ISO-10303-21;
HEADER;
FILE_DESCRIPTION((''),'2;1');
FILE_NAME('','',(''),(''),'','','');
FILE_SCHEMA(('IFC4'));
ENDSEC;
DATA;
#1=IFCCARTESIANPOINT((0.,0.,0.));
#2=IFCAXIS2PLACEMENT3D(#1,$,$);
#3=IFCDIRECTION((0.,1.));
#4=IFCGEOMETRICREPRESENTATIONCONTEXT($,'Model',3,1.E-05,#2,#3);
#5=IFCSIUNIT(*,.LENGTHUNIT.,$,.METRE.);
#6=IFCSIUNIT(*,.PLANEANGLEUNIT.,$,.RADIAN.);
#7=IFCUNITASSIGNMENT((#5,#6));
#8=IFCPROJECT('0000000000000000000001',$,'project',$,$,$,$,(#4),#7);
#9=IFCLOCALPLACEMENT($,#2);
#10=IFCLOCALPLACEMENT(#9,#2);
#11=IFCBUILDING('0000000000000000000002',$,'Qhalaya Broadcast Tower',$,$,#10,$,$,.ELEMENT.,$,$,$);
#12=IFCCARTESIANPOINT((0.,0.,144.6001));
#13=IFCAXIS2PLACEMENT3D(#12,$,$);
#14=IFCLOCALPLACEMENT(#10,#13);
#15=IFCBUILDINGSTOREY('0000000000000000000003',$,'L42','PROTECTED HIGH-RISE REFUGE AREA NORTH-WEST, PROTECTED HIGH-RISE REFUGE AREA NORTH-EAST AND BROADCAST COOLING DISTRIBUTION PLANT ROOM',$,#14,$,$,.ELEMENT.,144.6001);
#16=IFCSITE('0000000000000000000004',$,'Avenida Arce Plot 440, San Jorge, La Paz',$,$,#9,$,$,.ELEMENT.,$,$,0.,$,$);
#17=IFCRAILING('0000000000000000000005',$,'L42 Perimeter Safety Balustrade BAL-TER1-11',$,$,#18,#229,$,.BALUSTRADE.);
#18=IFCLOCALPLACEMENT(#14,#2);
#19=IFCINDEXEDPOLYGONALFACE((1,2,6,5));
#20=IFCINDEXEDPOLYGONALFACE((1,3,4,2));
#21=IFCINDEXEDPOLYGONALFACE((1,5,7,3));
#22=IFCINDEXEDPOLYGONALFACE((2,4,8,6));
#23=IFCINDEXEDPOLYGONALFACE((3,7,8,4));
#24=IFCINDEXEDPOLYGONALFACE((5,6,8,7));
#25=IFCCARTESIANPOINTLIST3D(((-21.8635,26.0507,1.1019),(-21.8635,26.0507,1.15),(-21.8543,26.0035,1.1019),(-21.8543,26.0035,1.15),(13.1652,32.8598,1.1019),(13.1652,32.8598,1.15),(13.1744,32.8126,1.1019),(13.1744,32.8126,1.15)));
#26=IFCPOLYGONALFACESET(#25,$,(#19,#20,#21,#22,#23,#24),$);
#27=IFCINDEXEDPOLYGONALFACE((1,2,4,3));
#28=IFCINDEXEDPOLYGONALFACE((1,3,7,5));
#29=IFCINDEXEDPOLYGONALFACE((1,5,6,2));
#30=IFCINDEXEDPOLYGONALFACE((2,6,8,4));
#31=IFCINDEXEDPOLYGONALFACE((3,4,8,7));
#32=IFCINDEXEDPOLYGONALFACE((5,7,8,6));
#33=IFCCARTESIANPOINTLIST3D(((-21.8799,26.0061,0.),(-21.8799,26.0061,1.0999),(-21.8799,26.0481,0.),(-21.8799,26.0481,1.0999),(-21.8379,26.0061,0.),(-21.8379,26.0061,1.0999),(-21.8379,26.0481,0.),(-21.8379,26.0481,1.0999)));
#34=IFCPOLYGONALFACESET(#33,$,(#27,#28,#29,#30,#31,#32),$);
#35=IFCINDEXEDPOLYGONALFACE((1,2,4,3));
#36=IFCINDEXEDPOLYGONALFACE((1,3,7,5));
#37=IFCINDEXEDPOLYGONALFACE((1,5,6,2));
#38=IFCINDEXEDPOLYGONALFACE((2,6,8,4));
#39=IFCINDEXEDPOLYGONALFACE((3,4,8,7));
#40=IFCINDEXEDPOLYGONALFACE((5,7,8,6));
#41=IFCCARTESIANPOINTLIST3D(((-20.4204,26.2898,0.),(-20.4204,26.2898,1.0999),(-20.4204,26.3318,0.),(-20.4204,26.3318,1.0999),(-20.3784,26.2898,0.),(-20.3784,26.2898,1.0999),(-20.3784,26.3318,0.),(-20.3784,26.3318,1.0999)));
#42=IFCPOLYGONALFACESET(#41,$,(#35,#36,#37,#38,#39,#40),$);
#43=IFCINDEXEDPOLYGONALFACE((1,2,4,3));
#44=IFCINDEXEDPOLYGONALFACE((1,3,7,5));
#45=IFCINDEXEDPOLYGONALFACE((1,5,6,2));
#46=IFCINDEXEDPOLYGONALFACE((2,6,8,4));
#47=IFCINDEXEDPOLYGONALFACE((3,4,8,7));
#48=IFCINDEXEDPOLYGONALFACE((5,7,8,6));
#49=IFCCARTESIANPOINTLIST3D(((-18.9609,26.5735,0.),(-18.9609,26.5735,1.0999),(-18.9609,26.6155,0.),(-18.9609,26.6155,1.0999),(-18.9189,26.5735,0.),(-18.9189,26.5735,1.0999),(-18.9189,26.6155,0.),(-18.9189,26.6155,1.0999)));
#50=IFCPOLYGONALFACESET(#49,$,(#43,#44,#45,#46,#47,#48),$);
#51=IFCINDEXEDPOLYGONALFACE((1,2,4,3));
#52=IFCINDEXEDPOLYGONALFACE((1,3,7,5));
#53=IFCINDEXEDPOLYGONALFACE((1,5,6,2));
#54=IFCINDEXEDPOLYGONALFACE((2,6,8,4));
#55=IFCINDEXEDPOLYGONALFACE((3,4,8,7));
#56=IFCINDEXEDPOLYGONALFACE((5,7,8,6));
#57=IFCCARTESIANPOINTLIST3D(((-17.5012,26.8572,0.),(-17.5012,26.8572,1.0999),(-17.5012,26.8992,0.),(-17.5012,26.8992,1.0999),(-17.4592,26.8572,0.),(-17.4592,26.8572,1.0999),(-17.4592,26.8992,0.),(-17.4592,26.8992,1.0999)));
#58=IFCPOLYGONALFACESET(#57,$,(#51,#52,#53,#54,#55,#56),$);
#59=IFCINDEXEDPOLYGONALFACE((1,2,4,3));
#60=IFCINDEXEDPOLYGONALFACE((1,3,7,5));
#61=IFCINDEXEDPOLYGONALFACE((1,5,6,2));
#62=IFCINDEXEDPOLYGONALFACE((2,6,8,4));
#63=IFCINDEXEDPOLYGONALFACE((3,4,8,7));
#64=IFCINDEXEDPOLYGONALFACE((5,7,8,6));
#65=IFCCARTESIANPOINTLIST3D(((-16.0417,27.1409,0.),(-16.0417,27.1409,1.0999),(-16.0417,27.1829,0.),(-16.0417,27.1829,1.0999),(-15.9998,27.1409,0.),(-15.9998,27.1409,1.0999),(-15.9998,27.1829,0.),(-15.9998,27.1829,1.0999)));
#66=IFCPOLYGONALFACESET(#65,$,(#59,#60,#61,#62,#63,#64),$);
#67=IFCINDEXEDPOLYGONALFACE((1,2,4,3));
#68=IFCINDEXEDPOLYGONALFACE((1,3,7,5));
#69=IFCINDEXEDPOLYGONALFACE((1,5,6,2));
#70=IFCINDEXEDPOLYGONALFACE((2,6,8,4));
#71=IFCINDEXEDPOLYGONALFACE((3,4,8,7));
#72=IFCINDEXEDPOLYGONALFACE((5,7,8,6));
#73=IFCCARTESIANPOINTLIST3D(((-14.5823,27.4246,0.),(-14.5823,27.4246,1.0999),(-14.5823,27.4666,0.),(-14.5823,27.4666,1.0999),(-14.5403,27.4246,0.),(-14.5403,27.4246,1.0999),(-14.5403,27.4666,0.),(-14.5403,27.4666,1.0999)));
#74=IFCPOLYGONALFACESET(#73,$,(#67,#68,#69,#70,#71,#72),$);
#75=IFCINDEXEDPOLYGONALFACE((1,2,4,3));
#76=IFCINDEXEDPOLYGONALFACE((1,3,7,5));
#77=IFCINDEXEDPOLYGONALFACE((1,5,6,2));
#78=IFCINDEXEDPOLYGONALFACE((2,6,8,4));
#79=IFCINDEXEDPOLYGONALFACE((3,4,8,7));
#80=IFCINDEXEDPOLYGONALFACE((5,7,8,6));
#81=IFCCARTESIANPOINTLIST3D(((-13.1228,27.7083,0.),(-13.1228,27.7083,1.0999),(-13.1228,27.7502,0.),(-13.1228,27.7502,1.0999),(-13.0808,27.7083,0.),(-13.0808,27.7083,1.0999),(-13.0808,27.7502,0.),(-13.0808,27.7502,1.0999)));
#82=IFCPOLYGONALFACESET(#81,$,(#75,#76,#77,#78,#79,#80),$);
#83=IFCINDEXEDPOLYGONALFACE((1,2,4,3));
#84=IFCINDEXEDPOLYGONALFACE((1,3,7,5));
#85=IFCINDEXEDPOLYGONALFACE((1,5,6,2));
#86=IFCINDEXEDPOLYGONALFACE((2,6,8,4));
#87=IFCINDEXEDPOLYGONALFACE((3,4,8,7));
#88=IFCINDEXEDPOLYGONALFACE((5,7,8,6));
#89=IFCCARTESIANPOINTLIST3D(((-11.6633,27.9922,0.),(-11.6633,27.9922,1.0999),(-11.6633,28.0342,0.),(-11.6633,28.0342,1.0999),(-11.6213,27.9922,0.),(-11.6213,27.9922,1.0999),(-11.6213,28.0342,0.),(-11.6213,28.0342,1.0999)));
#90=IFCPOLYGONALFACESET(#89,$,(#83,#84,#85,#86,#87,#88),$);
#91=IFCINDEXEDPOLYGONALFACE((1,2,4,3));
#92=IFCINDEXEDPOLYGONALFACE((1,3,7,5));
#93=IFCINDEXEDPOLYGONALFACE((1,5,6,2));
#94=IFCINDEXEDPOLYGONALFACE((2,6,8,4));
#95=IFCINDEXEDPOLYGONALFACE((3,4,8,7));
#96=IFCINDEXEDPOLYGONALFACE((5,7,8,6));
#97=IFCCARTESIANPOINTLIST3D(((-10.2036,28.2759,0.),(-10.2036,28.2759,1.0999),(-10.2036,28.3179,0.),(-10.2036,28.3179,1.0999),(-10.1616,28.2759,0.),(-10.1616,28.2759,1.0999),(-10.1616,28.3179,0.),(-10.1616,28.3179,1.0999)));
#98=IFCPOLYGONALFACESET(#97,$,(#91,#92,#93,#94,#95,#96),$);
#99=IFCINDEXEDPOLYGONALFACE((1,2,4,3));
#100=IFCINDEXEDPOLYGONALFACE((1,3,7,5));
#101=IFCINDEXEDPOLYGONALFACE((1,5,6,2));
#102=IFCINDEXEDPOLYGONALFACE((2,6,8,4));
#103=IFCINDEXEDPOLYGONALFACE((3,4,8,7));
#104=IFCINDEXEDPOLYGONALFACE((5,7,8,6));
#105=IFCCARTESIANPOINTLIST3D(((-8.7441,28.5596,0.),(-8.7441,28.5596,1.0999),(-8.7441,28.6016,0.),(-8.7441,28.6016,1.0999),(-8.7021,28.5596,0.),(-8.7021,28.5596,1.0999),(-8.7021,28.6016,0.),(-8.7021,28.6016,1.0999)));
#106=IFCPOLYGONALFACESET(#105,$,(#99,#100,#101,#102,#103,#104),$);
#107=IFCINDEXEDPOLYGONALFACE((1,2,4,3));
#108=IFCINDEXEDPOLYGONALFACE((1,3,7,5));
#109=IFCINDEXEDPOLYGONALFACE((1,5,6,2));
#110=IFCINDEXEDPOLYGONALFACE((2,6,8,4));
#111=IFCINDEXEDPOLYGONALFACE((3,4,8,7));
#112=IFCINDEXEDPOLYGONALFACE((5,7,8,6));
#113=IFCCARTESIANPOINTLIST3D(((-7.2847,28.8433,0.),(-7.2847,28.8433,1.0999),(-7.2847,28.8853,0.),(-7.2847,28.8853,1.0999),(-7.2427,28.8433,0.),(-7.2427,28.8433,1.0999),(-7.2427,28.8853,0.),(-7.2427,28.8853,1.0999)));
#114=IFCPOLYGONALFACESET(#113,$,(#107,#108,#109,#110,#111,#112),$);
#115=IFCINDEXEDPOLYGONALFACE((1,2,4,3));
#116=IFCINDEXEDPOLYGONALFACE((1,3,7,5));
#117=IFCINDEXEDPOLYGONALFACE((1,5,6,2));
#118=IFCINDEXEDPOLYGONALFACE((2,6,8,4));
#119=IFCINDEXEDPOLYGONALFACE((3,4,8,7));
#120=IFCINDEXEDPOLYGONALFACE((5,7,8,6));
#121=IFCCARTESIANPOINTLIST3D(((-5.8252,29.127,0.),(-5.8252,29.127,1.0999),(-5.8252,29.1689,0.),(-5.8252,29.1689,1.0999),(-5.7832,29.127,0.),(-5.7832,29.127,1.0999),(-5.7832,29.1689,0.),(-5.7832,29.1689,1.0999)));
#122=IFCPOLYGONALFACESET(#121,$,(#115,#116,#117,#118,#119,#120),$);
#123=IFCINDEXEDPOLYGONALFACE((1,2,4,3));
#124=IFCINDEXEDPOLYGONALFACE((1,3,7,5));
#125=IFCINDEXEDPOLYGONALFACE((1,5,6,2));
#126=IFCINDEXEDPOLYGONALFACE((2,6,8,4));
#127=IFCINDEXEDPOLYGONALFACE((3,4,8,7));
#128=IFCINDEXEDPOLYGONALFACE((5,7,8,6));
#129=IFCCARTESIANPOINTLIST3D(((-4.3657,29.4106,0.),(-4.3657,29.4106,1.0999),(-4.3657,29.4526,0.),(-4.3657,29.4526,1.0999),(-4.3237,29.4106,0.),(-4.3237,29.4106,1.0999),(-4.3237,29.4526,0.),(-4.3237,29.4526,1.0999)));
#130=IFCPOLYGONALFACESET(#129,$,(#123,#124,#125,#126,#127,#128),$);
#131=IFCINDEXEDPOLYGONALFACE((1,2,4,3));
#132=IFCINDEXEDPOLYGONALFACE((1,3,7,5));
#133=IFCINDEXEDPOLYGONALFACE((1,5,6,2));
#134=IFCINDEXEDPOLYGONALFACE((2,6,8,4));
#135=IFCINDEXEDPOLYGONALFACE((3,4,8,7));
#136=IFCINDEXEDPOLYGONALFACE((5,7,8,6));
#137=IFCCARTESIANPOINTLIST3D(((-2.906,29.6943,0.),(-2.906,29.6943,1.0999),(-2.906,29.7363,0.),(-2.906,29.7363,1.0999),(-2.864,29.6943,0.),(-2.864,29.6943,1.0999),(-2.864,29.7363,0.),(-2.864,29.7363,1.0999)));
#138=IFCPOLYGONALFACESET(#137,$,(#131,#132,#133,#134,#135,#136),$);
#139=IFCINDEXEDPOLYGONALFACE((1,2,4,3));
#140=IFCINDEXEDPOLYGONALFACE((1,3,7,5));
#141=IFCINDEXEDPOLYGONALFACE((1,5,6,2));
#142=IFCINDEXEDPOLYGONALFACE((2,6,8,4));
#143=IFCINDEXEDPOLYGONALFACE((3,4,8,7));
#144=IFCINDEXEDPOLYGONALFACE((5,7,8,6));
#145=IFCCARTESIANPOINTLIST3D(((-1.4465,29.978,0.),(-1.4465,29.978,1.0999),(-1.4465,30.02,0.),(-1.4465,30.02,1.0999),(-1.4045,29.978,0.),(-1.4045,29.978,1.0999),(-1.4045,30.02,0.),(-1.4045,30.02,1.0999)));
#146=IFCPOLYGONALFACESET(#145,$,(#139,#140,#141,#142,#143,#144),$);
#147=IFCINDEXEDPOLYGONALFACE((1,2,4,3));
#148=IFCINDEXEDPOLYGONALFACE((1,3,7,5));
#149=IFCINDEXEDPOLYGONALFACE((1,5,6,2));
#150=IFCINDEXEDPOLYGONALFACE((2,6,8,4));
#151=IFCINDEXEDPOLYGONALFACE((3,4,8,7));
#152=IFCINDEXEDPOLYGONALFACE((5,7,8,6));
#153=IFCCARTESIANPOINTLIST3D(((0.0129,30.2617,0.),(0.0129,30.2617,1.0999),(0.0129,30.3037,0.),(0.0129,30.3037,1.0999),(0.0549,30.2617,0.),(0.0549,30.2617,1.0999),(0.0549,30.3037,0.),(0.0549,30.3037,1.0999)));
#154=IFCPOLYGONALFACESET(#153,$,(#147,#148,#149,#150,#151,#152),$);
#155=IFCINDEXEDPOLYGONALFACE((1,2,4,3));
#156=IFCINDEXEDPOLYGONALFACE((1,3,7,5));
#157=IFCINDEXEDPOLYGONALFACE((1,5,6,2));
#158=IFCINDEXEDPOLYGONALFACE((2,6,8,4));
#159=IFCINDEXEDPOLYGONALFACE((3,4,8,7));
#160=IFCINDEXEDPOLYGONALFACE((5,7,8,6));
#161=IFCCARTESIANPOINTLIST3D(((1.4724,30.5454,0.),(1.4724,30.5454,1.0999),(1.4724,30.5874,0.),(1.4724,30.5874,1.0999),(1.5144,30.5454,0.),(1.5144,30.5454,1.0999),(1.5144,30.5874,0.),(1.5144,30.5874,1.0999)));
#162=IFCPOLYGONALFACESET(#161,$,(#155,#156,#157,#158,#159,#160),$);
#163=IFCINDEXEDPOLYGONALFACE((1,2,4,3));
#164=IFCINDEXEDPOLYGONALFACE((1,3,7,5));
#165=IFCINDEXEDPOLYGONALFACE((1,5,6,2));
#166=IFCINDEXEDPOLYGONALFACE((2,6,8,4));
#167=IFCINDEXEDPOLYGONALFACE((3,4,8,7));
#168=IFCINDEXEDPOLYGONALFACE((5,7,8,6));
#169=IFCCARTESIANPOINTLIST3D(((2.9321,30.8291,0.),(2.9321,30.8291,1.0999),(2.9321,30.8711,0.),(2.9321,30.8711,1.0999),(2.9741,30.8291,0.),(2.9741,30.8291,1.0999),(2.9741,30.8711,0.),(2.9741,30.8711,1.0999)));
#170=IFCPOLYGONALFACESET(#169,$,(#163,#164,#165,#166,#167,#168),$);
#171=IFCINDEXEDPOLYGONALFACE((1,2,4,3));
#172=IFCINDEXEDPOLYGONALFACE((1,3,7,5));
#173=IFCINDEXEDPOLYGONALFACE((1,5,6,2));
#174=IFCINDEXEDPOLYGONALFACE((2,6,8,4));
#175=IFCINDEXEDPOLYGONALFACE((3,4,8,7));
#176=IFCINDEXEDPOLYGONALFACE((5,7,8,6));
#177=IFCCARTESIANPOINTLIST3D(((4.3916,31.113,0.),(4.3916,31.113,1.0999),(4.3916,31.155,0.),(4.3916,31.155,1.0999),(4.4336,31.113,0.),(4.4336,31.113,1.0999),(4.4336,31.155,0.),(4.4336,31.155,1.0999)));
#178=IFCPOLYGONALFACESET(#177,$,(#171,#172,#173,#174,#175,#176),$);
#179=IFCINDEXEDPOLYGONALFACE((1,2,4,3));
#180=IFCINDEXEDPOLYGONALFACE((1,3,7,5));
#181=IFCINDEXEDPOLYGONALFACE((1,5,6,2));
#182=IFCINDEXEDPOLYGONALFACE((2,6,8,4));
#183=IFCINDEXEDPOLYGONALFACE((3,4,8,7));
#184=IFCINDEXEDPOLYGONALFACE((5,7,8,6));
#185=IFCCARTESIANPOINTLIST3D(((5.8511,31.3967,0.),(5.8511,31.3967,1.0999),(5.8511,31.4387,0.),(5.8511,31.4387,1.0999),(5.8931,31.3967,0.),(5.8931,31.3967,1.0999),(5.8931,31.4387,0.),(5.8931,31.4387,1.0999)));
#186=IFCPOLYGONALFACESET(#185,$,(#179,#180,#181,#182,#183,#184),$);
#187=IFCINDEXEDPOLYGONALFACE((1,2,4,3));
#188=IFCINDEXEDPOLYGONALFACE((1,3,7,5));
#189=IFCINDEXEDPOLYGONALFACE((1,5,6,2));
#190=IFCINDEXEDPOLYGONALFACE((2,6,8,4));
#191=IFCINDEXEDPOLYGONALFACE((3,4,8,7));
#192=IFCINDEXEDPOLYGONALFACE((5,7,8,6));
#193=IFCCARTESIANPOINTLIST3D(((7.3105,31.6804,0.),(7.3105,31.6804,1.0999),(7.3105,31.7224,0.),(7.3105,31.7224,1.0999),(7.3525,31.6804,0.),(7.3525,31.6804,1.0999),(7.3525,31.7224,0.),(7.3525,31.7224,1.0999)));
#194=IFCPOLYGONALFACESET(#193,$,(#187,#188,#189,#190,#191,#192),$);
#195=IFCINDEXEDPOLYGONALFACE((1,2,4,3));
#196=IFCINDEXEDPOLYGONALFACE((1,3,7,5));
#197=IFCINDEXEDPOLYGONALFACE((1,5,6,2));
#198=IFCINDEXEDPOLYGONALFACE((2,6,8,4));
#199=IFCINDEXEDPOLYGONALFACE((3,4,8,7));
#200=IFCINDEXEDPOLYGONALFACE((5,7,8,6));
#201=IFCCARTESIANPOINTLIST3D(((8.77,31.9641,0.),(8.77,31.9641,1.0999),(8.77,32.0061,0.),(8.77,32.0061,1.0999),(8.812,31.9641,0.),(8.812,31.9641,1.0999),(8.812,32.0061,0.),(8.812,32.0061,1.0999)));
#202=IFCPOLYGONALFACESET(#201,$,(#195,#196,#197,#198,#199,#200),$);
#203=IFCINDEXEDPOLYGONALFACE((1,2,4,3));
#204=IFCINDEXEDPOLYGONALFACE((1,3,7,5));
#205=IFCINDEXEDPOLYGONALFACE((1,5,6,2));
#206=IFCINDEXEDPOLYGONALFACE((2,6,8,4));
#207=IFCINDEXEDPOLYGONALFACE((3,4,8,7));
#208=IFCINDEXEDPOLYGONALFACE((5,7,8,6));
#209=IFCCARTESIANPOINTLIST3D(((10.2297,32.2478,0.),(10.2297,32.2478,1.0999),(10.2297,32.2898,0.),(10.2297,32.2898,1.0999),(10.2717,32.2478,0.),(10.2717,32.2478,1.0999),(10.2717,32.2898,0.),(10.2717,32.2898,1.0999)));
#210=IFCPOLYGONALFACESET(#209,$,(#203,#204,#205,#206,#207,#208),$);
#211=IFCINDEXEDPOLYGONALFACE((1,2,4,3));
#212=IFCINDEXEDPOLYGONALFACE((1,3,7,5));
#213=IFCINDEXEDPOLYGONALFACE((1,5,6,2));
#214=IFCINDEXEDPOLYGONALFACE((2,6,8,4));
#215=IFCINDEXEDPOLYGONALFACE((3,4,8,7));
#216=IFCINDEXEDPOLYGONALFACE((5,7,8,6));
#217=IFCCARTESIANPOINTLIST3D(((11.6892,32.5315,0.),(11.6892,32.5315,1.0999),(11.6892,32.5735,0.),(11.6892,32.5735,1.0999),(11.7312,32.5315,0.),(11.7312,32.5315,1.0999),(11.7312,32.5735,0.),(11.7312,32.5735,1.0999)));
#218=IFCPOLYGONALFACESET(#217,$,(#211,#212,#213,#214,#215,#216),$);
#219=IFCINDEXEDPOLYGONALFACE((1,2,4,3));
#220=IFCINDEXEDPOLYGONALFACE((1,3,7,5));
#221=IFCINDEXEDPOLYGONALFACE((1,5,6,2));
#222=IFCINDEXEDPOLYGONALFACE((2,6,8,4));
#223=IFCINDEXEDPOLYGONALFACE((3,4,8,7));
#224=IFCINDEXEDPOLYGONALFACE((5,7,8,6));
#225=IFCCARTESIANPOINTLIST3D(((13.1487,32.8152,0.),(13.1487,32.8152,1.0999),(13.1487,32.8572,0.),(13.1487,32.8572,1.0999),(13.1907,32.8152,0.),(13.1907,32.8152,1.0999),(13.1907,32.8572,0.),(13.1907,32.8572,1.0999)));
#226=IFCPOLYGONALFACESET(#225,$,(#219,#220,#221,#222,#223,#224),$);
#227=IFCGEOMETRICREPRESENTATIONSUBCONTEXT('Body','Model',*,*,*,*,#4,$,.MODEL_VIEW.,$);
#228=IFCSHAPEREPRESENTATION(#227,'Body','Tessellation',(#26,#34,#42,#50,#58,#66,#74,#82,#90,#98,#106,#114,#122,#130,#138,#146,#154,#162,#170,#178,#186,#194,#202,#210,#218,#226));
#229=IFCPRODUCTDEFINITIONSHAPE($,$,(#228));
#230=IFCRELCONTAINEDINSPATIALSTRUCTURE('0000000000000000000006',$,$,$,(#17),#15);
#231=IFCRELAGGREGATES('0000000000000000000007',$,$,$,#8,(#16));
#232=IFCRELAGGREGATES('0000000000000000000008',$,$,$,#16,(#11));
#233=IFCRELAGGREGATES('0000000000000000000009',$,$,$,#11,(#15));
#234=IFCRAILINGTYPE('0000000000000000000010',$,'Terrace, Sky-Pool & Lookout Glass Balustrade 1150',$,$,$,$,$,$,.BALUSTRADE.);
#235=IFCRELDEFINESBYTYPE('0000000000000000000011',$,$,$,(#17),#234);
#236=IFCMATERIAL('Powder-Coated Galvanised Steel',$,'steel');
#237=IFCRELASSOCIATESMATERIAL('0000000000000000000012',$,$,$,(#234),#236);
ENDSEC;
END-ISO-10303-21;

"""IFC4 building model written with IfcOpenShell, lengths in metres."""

from ifc_helpers import new_model, si_unit, direction, frame, origin, origin_2d, place, context, subcontext, project, spatial, rectangle, extrude, material, type_object, element, save


model = new_model("IFC4")

# Units and contexts
model_context = context("Model", 3, precision=1e-05, world=origin(), true_north=direction((0.0, 1.0)))
body_context = subcontext(model_context, "Body", "Model", "MODEL_VIEW")
ifc_project = project(units=[si_unit("LENGTHUNIT", "METRE"), si_unit("PLANEANGLEUNIT", "RADIAN")], contexts=[model_context])

# Site, building, storey
site_placement = place(None, origin())
site = spatial("IfcSite", under=ifc_project, at=site_placement, Name="Avenida Arce Plot 440, San Jorge, La Paz", CompositionType="ELEMENT", RefElevation=0.0)
building_placement = place(site_placement, origin())
building = spatial("IfcBuilding", under=site, at=building_placement, Name="Qhalaya Broadcast Tower", CompositionType="ELEMENT")
storey_placement = place(building_placement, frame((0.0, 0.0, 144.6001)))
storey = spatial("IfcBuildingStorey", under=building, at=storey_placement, Name="L42", Description="PROTECTED HIGH-RISE REFUGE AREA NORTH-WEST, PROTECTED HIGH-RISE REFUGE AREA NORTH-EAST AND BROADCAST COOLING DISTRIBUTION PLANT ROOM", CompositionType="ELEMENT", Elevation=144.6001)

# Railing
ifc_material_1 = material(Name="Powder-Coated Galvanised Steel", Category="steel")
railing_type = type_object("IfcRailingType", Name="Terrace, Sky-Pool & Lookout Glass Balustrade 1150", PredefinedType="BALUSTRADE", material=ifc_material_1)
railing_1_placement = place(storey_placement, frame((-21.8589, 26.0271, 0.0)))
element("IfcRailing", 1, at=railing_1_placement, inside=storey, type_object=railing_type, Name="L42 Perimeter Safety Balustrade BAL-TER1-11", PredefinedType="BALUSTRADE", context=body_context, shape_type="SweptSolid", body=[
    extrude(rectangle(XDim=0.0481, YDim=0.0481, at=origin_2d()), frame((0.0, 0.0, 1.126), z_axis=(0.981626, 0.190815, 0.0), x_axis=(-0.190815, 0.981626, 0.0)), (0.0, 0.0, 1.0), 35.6843),
    extrude(rectangle(XDim=0.042, YDim=0.042, at=origin_2d()), origin(), (0.0, 0.0, 1.0), 1.0999),
    extrude(rectangle(XDim=0.042, YDim=0.042, at=origin_2d()), frame((1.4595, 0.2837, 0.0)), (0.0, 0.0, 1.0), 1.0999),
    extrude(rectangle(XDim=0.042, YDim=0.042, at=origin_2d()), frame((2.9189, 0.5674, 0.0)), (0.0, 0.0, 1.0), 1.0999),
    extrude(rectangle(XDim=0.042, YDim=0.042, at=origin_2d()), frame((4.3787, 0.8511, 0.0)), (0.0, 0.0, 1.0), 1.0999),
    extrude(rectangle(XDim=0.042, YDim=0.042, at=origin_2d()), frame((5.8381, 1.1348, 0.0)), (0.0, 0.0, 1.0), 1.0999),
    extrude(rectangle(XDim=0.042, YDim=0.042, at=origin_2d()), frame((7.2976, 1.4185, 0.0)), (0.0, 0.0, 1.0), 1.0999),
    extrude(rectangle(XDim=0.042, YDim=0.042, at=origin_2d()), frame((8.7571, 1.7021, 0.0)), (0.0, 0.0, 1.0), 1.0999),
    extrude(rectangle(XDim=0.042, YDim=0.042, at=origin_2d()), frame((10.2166, 1.9861, 0.0)), (0.0, 0.0, 1.0), 1.0999),
    extrude(rectangle(XDim=0.042, YDim=0.042, at=origin_2d()), frame((11.6763, 2.2698, 0.0)), (0.0, 0.0, 1.0), 1.0999),
    extrude(rectangle(XDim=0.042, YDim=0.042, at=origin_2d()), frame((13.1357, 2.5535, 0.0)), (0.0, 0.0, 1.0), 1.0999),
    extrude(rectangle(XDim=0.042, YDim=0.042, at=origin_2d()), frame((14.5952, 2.8372, 0.0)), (0.0, 0.0, 1.0), 1.0999),
    extrude(rectangle(XDim=0.042, YDim=0.042, at=origin_2d()), frame((16.0547, 3.1208, 0.0)), (0.0, 0.0, 1.0), 1.0999),
    extrude(rectangle(XDim=0.042, YDim=0.042, at=origin_2d()), frame((17.5142, 3.4045, 0.0)), (0.0, 0.0, 1.0), 1.0999),
    extrude(rectangle(XDim=0.042, YDim=0.042, at=origin_2d()), frame((18.9739, 3.6882, 0.0)), (0.0, 0.0, 1.0), 1.0999),
    extrude(rectangle(XDim=0.042, YDim=0.042, at=origin_2d()), frame((20.4333, 3.9719, 0.0)), (0.0, 0.0, 1.0), 1.0999),
    extrude(rectangle(XDim=0.042, YDim=0.042, at=origin_2d()), frame((21.8928, 4.2556, 0.0)), (0.0, 0.0, 1.0), 1.0999),
    extrude(rectangle(XDim=0.042, YDim=0.042, at=origin_2d()), frame((23.3523, 4.5393, 0.0)), (0.0, 0.0, 1.0), 1.0999),
    extrude(rectangle(XDim=0.042, YDim=0.042, at=origin_2d()), frame((24.812, 4.823, 0.0)), (0.0, 0.0, 1.0), 1.0999),
    extrude(rectangle(XDim=0.042, YDim=0.042, at=origin_2d()), frame((26.2715, 5.1069, 0.0)), (0.0, 0.0, 1.0), 1.0999),
    extrude(rectangle(XDim=0.042, YDim=0.042, at=origin_2d()), frame((27.731, 5.3906, 0.0)), (0.0, 0.0, 1.0), 1.0999),
    extrude(rectangle(XDim=0.042, YDim=0.042, at=origin_2d()), frame((29.1904, 5.6743, 0.0)), (0.0, 0.0, 1.0), 1.0999),
    extrude(rectangle(XDim=0.042, YDim=0.042, at=origin_2d()), frame((30.6499, 5.958, 0.0)), (0.0, 0.0, 1.0), 1.0999),
    extrude(rectangle(XDim=0.042, YDim=0.042, at=origin_2d()), frame((32.1096, 6.2417, 0.0)), (0.0, 0.0, 1.0), 1.0999),
    extrude(rectangle(XDim=0.042, YDim=0.042, at=origin_2d()), frame((33.5691, 6.5254, 0.0)), (0.0, 0.0, 1.0), 1.0999),
    extrude(rectangle(XDim=0.042, YDim=0.042, at=origin_2d()), frame((35.0286, 6.8091, 0.0)), (0.0, 0.0, 1.0), 1.0999),
])

save(model, "model.ifc")
